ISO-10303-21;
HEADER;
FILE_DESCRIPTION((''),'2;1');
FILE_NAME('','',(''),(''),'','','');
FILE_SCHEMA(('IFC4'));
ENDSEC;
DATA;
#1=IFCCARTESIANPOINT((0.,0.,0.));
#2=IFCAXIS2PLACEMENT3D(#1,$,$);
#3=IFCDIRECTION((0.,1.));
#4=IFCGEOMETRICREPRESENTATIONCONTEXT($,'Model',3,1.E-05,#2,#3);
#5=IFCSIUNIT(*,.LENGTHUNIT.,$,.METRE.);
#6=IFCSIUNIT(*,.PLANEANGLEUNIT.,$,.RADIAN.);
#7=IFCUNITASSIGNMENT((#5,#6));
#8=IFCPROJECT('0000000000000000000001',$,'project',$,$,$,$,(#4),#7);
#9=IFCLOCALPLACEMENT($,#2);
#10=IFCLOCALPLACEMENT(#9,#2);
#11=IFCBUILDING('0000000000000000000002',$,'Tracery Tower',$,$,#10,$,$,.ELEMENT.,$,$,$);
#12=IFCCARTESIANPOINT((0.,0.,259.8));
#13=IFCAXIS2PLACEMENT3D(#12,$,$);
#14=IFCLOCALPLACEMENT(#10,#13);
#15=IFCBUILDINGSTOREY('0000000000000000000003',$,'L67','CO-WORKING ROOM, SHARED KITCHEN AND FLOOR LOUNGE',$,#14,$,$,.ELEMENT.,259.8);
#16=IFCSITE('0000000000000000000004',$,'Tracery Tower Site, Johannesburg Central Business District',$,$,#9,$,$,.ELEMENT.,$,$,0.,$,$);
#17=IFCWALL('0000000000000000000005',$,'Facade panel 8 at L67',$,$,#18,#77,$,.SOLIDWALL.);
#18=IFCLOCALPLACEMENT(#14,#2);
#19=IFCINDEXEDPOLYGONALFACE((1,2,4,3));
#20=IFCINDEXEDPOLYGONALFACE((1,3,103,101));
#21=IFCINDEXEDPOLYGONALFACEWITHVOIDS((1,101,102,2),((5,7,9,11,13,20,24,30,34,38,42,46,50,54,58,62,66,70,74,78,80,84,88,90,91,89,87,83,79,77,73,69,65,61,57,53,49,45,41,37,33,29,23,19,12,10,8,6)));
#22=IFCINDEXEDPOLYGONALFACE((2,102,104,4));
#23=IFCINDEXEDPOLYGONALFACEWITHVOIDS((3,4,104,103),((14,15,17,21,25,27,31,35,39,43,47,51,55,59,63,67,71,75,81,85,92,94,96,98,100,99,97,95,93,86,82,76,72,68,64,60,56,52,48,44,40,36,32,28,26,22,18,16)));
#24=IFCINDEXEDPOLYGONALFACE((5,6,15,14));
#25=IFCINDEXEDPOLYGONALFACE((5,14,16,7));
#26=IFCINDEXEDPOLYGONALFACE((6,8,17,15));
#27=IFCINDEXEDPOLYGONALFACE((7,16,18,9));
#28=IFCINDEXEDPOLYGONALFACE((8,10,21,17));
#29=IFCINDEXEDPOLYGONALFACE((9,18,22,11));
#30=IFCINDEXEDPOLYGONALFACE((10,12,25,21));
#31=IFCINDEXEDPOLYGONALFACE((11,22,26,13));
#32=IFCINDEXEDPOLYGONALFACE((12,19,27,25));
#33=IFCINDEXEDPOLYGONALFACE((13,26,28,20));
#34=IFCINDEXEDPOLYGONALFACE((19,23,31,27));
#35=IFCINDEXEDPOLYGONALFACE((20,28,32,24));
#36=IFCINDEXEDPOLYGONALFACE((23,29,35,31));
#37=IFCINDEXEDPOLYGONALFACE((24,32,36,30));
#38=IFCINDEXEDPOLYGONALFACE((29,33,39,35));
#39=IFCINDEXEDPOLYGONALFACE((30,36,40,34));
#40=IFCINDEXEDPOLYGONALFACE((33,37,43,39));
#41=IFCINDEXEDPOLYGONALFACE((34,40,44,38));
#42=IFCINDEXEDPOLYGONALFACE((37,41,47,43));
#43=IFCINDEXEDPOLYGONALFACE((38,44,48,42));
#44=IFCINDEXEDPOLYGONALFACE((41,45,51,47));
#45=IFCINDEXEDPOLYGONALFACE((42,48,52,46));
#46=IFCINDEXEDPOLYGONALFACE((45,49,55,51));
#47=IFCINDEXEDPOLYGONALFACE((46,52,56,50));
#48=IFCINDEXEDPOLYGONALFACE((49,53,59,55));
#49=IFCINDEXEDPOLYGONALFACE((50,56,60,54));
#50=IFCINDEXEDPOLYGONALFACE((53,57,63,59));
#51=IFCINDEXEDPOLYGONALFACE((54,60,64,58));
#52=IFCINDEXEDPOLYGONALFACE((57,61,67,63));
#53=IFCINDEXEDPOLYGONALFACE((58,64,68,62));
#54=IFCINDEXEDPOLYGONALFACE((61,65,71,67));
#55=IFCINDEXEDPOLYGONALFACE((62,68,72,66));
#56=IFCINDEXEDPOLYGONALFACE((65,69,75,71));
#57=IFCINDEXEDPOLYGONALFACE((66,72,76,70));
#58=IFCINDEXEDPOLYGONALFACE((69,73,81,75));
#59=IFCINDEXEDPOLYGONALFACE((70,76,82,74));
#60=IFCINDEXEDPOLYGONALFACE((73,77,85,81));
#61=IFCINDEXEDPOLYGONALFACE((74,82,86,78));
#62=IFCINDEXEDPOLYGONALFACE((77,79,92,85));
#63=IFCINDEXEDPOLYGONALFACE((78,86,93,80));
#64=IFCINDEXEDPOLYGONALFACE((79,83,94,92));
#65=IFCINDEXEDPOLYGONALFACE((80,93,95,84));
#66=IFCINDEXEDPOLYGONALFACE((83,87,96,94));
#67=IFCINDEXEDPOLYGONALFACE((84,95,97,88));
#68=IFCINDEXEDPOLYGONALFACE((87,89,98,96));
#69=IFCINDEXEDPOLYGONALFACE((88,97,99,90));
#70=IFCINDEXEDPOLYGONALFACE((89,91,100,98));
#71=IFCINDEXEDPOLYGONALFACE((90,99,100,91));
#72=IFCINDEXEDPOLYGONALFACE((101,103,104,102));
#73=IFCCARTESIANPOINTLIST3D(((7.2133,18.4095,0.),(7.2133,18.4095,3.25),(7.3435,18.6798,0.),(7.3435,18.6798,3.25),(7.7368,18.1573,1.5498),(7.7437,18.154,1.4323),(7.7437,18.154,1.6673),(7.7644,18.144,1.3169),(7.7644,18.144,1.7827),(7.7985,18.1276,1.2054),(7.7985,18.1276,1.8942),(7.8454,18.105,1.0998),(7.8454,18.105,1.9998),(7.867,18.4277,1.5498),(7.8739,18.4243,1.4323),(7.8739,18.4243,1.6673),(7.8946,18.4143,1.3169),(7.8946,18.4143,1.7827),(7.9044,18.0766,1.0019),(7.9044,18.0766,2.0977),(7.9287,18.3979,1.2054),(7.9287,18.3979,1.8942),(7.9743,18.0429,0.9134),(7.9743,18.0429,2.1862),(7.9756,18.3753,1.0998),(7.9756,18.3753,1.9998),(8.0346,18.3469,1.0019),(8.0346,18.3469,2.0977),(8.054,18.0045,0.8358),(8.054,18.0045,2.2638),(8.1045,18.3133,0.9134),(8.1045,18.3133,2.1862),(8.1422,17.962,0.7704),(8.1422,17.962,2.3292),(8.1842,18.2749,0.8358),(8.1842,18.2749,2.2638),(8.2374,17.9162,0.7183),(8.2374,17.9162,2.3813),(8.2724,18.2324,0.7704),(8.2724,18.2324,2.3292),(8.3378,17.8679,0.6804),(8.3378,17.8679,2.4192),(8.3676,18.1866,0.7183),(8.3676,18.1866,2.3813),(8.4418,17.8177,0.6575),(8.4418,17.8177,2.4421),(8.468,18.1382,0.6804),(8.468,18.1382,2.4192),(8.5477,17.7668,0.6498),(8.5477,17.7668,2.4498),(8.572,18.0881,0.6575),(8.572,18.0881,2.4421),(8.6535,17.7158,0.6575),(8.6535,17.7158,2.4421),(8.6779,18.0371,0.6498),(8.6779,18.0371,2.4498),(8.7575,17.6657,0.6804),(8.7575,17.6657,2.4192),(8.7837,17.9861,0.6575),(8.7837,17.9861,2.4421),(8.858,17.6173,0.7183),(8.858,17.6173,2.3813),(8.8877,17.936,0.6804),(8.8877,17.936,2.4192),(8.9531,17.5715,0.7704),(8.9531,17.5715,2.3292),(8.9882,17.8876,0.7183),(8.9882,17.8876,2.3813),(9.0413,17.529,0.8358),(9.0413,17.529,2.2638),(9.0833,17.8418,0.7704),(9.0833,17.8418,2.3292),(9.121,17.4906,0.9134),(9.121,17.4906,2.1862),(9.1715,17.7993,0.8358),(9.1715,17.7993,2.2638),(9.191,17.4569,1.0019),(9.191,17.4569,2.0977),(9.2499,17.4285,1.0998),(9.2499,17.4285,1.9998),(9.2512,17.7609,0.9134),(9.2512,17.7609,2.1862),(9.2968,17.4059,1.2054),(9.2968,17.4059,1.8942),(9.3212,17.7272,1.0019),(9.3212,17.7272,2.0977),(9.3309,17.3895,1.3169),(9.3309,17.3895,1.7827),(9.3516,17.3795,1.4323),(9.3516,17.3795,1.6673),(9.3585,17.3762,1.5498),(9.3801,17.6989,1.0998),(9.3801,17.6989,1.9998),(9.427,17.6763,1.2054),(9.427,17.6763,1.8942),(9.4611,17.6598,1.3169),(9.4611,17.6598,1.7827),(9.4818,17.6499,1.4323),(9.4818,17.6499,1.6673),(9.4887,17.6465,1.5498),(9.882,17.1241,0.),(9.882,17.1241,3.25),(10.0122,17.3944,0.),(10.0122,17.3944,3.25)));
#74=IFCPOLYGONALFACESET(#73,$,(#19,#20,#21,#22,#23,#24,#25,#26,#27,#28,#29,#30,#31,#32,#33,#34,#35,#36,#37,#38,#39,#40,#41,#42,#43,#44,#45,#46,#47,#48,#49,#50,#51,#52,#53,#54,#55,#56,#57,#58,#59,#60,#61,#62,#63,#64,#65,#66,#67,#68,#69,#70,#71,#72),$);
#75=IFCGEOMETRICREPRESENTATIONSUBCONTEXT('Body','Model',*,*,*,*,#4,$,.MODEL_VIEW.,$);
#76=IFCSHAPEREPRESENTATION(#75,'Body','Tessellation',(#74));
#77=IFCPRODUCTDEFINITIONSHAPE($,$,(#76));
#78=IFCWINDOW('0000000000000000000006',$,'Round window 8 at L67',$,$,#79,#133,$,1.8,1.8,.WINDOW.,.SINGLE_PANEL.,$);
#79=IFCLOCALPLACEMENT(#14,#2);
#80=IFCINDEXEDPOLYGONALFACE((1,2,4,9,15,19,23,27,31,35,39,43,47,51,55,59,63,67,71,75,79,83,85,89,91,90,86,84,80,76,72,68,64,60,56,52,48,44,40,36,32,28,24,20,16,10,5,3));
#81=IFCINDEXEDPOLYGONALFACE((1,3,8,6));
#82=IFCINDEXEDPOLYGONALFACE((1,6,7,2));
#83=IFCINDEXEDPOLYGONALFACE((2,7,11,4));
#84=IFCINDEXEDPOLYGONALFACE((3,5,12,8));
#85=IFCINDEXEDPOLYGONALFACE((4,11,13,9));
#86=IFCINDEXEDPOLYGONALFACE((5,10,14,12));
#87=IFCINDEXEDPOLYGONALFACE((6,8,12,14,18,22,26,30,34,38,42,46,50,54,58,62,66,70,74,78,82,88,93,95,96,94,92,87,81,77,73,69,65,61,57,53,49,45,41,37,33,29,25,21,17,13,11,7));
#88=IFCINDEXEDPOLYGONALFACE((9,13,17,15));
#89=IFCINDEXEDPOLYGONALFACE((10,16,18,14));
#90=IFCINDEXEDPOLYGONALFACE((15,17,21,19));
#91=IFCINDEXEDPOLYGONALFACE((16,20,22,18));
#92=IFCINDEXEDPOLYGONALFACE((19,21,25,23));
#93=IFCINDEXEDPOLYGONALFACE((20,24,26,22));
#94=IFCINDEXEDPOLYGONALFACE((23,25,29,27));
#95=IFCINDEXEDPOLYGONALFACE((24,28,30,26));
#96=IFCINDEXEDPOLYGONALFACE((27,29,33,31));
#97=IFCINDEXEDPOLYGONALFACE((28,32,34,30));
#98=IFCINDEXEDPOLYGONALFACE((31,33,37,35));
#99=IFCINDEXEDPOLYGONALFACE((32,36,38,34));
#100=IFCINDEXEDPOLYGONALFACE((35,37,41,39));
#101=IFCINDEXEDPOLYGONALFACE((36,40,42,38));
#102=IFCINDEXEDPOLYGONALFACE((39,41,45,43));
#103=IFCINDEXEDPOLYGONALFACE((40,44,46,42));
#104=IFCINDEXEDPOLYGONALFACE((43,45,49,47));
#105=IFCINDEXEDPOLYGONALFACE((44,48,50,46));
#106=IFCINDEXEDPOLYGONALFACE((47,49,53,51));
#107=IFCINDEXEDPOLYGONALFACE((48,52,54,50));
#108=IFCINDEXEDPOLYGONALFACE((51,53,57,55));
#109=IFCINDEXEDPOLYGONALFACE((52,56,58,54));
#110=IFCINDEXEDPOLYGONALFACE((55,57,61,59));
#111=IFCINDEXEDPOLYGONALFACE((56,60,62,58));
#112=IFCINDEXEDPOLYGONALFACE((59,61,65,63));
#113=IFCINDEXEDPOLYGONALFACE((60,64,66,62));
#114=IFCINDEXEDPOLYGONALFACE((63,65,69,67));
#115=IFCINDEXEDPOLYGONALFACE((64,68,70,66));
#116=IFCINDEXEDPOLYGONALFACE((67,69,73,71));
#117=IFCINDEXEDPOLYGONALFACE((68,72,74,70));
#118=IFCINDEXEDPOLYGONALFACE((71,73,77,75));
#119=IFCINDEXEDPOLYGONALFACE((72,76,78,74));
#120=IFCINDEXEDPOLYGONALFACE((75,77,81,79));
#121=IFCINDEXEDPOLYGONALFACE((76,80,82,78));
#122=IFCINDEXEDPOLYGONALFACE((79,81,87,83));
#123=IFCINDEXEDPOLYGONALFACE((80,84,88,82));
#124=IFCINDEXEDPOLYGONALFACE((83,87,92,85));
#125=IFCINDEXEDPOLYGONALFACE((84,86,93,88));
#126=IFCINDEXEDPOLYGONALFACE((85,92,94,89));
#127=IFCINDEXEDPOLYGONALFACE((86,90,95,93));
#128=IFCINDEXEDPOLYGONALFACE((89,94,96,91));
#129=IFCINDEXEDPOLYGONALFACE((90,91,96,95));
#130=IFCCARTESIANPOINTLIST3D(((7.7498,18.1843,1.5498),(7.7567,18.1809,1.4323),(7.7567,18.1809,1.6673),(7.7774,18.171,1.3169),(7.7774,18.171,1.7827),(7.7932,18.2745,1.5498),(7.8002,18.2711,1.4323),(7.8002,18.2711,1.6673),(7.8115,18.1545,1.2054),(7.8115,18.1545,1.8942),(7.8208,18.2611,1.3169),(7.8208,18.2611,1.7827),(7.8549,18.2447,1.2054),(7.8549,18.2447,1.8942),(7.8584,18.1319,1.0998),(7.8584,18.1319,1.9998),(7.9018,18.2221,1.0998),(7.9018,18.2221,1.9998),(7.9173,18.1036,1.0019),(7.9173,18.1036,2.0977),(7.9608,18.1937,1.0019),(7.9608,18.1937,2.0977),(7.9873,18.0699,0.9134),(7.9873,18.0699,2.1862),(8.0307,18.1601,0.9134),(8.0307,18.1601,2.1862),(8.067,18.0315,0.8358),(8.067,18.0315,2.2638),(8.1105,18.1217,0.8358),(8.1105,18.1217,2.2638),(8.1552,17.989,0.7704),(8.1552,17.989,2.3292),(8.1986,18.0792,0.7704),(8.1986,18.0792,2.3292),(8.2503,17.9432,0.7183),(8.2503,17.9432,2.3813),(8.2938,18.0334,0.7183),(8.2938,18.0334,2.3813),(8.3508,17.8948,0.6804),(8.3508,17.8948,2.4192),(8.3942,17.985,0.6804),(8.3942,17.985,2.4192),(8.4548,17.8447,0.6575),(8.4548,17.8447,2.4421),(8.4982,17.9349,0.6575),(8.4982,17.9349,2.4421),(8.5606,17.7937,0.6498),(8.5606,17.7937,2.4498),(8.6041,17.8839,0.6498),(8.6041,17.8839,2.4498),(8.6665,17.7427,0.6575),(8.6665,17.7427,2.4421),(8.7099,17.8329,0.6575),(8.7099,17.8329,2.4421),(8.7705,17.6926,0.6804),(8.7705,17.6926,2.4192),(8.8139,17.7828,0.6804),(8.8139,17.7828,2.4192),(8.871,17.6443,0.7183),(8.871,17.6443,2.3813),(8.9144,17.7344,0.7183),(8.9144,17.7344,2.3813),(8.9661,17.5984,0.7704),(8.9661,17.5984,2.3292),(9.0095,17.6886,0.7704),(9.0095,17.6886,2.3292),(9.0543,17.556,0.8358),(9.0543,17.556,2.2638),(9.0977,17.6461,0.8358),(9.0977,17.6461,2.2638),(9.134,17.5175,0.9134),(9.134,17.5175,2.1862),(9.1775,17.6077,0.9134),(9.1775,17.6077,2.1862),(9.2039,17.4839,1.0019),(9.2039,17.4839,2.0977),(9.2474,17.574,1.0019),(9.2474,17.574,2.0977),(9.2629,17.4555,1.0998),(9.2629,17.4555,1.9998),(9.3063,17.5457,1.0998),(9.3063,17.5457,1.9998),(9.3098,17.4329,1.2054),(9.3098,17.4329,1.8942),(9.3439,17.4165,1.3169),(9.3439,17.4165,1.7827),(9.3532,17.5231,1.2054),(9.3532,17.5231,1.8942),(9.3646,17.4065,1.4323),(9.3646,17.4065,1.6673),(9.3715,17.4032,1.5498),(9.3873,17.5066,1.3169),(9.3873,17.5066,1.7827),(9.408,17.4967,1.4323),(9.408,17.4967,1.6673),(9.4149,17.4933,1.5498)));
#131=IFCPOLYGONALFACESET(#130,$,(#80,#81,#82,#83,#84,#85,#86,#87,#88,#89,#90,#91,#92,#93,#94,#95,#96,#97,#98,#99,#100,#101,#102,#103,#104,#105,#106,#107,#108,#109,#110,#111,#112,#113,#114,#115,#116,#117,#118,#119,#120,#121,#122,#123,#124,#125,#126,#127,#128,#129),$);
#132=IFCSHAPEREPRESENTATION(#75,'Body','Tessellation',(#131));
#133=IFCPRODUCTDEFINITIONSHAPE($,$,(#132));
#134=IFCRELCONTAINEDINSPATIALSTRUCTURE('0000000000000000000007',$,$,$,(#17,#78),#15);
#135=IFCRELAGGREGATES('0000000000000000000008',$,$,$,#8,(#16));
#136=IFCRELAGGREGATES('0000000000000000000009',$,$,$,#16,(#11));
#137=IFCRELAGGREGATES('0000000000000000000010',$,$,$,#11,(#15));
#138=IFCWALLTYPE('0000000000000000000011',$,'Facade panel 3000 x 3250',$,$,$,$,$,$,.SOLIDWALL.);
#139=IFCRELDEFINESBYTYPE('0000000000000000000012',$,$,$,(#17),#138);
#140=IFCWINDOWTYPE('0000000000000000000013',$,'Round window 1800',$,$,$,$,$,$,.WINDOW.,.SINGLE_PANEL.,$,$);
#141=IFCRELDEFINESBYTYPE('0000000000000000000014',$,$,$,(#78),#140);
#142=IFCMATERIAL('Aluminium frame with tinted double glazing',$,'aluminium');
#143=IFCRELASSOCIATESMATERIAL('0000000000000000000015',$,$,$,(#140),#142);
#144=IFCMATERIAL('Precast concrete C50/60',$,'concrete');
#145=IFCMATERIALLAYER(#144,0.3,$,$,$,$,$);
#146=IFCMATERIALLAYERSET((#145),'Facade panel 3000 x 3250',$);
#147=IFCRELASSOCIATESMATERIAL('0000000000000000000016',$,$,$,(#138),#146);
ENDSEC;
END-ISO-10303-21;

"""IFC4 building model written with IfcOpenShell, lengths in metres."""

from ifc_helpers import new_model, si_unit, direction, frame, frame_2d, origin, origin_2d, place, context, subcontext, project, spatial, rectangle, circle, extrude, material, layer, layer_set, type_object, element, fill, save


model = new_model("IFC4")

# Units and contexts
model_context = context("Model", 3, precision=1e-05, world=origin(), true_north=direction((0.0, 1.0)))
body_context = subcontext(model_context, "Body", "Model", "MODEL_VIEW")
ifc_project = project(units=[si_unit("LENGTHUNIT", "METRE"), si_unit("PLANEANGLEUNIT", "RADIAN")], contexts=[model_context])

# Site, building, storey
site_placement = place(None, origin())
site = spatial("IfcSite", under=ifc_project, at=site_placement, Name="Tracery Tower Site, Johannesburg Central Business District", CompositionType="ELEMENT", RefElevation=0.0)
building_placement = place(site_placement, origin())
building = spatial("IfcBuilding", under=site, at=building_placement, Name="Tracery Tower", CompositionType="ELEMENT")
storey_placement = place(building_placement, frame((0.0, 0.0, 259.8)))
storey = spatial("IfcBuildingStorey", under=building, at=storey_placement, Name="L67", Description="CO-WORKING ROOM, SHARED KITCHEN AND FLOOR LOUNGE", CompositionType="ELEMENT", Elevation=259.8)

# Wall, opening, window
ifc_material_1 = material(Name="Aluminium frame with tinted double glazing", Category="aluminium")
window_type = type_object("IfcWindowType", Name="Round window 1800", PartitioningType="SINGLE_PANEL", PredefinedType="WINDOW", material=ifc_material_1)
ifc_material_2 = material(Name="Precast concrete C50/60", Category="concrete")
ifc_layer_1 = layer(ifc_material_2, 0.3)
ifc_layer_set_1 = layer_set([ifc_layer_1], Name="Facade panel 3000 x 3250")
wall_type_1 = type_object("IfcWallType", Name="Facade panel 3000 x 3250", PredefinedType="SOLIDWALL", material=ifc_layer_set_1)
wall_1_placement = place(storey_placement, frame((9.947, 17.2593, 0.0), z_axis=(0.0, 0.0, 1.0), x_axis=(-0.90094, 0.433944, 0.0)))
wall_1 = element("IfcWall", 1, at=wall_1_placement, inside=storey, type_object=wall_type_1, Name="Facade panel 8 at L67", PredefinedType="SOLIDWALL", context=body_context, shape_type="SweptSolid", body=[
    extrude(rectangle(XDim=2.9622, YDim=0.3, at=frame_2d((1.481, 0.0))), origin(), (0.0, 0.0, 1.0), 3.25),
])
opening_1_placement = place(wall_1_placement, frame((1.481, 0.0, 1.5498)))
opening_1 = element("IfcOpeningElement", 2, at=opening_1_placement, cuts=wall_1, PredefinedType="OPENING", context=body_context, shape_type="SweptSolid", body=[
    extrude(circle(Radius=0.9, at=origin_2d()), frame((0.0, 0.1599, 0.0), z_axis=(0.0, -1.0, 0.0), x_axis=(1.0, 0.0, 0.0)), (0.0, 0.0, 1.0), 0.3201),
])
window_1_placement = place(opening_1_placement, origin())
window_1 = element("IfcWindow", 3, at=window_1_placement, inside=storey, type_object=window_type, Name="Round window 8 at L67", OverallHeight=1.8, OverallWidth=1.8, PartitioningType="SINGLE_PANEL", PredefinedType="WINDOW", context=body_context, shape_type="SweptSolid", body=[
    extrude(circle(Radius=0.9, at=origin_2d()), frame((0.0, 0.1201, 0.0), z_axis=(0.0, -1.0, 0.0), x_axis=(1.0, 0.0, 0.0)), (0.0, 0.0, 1.0), 0.1001),
])
fill(opening_1, window_1)

save(model, "model.ifc")
